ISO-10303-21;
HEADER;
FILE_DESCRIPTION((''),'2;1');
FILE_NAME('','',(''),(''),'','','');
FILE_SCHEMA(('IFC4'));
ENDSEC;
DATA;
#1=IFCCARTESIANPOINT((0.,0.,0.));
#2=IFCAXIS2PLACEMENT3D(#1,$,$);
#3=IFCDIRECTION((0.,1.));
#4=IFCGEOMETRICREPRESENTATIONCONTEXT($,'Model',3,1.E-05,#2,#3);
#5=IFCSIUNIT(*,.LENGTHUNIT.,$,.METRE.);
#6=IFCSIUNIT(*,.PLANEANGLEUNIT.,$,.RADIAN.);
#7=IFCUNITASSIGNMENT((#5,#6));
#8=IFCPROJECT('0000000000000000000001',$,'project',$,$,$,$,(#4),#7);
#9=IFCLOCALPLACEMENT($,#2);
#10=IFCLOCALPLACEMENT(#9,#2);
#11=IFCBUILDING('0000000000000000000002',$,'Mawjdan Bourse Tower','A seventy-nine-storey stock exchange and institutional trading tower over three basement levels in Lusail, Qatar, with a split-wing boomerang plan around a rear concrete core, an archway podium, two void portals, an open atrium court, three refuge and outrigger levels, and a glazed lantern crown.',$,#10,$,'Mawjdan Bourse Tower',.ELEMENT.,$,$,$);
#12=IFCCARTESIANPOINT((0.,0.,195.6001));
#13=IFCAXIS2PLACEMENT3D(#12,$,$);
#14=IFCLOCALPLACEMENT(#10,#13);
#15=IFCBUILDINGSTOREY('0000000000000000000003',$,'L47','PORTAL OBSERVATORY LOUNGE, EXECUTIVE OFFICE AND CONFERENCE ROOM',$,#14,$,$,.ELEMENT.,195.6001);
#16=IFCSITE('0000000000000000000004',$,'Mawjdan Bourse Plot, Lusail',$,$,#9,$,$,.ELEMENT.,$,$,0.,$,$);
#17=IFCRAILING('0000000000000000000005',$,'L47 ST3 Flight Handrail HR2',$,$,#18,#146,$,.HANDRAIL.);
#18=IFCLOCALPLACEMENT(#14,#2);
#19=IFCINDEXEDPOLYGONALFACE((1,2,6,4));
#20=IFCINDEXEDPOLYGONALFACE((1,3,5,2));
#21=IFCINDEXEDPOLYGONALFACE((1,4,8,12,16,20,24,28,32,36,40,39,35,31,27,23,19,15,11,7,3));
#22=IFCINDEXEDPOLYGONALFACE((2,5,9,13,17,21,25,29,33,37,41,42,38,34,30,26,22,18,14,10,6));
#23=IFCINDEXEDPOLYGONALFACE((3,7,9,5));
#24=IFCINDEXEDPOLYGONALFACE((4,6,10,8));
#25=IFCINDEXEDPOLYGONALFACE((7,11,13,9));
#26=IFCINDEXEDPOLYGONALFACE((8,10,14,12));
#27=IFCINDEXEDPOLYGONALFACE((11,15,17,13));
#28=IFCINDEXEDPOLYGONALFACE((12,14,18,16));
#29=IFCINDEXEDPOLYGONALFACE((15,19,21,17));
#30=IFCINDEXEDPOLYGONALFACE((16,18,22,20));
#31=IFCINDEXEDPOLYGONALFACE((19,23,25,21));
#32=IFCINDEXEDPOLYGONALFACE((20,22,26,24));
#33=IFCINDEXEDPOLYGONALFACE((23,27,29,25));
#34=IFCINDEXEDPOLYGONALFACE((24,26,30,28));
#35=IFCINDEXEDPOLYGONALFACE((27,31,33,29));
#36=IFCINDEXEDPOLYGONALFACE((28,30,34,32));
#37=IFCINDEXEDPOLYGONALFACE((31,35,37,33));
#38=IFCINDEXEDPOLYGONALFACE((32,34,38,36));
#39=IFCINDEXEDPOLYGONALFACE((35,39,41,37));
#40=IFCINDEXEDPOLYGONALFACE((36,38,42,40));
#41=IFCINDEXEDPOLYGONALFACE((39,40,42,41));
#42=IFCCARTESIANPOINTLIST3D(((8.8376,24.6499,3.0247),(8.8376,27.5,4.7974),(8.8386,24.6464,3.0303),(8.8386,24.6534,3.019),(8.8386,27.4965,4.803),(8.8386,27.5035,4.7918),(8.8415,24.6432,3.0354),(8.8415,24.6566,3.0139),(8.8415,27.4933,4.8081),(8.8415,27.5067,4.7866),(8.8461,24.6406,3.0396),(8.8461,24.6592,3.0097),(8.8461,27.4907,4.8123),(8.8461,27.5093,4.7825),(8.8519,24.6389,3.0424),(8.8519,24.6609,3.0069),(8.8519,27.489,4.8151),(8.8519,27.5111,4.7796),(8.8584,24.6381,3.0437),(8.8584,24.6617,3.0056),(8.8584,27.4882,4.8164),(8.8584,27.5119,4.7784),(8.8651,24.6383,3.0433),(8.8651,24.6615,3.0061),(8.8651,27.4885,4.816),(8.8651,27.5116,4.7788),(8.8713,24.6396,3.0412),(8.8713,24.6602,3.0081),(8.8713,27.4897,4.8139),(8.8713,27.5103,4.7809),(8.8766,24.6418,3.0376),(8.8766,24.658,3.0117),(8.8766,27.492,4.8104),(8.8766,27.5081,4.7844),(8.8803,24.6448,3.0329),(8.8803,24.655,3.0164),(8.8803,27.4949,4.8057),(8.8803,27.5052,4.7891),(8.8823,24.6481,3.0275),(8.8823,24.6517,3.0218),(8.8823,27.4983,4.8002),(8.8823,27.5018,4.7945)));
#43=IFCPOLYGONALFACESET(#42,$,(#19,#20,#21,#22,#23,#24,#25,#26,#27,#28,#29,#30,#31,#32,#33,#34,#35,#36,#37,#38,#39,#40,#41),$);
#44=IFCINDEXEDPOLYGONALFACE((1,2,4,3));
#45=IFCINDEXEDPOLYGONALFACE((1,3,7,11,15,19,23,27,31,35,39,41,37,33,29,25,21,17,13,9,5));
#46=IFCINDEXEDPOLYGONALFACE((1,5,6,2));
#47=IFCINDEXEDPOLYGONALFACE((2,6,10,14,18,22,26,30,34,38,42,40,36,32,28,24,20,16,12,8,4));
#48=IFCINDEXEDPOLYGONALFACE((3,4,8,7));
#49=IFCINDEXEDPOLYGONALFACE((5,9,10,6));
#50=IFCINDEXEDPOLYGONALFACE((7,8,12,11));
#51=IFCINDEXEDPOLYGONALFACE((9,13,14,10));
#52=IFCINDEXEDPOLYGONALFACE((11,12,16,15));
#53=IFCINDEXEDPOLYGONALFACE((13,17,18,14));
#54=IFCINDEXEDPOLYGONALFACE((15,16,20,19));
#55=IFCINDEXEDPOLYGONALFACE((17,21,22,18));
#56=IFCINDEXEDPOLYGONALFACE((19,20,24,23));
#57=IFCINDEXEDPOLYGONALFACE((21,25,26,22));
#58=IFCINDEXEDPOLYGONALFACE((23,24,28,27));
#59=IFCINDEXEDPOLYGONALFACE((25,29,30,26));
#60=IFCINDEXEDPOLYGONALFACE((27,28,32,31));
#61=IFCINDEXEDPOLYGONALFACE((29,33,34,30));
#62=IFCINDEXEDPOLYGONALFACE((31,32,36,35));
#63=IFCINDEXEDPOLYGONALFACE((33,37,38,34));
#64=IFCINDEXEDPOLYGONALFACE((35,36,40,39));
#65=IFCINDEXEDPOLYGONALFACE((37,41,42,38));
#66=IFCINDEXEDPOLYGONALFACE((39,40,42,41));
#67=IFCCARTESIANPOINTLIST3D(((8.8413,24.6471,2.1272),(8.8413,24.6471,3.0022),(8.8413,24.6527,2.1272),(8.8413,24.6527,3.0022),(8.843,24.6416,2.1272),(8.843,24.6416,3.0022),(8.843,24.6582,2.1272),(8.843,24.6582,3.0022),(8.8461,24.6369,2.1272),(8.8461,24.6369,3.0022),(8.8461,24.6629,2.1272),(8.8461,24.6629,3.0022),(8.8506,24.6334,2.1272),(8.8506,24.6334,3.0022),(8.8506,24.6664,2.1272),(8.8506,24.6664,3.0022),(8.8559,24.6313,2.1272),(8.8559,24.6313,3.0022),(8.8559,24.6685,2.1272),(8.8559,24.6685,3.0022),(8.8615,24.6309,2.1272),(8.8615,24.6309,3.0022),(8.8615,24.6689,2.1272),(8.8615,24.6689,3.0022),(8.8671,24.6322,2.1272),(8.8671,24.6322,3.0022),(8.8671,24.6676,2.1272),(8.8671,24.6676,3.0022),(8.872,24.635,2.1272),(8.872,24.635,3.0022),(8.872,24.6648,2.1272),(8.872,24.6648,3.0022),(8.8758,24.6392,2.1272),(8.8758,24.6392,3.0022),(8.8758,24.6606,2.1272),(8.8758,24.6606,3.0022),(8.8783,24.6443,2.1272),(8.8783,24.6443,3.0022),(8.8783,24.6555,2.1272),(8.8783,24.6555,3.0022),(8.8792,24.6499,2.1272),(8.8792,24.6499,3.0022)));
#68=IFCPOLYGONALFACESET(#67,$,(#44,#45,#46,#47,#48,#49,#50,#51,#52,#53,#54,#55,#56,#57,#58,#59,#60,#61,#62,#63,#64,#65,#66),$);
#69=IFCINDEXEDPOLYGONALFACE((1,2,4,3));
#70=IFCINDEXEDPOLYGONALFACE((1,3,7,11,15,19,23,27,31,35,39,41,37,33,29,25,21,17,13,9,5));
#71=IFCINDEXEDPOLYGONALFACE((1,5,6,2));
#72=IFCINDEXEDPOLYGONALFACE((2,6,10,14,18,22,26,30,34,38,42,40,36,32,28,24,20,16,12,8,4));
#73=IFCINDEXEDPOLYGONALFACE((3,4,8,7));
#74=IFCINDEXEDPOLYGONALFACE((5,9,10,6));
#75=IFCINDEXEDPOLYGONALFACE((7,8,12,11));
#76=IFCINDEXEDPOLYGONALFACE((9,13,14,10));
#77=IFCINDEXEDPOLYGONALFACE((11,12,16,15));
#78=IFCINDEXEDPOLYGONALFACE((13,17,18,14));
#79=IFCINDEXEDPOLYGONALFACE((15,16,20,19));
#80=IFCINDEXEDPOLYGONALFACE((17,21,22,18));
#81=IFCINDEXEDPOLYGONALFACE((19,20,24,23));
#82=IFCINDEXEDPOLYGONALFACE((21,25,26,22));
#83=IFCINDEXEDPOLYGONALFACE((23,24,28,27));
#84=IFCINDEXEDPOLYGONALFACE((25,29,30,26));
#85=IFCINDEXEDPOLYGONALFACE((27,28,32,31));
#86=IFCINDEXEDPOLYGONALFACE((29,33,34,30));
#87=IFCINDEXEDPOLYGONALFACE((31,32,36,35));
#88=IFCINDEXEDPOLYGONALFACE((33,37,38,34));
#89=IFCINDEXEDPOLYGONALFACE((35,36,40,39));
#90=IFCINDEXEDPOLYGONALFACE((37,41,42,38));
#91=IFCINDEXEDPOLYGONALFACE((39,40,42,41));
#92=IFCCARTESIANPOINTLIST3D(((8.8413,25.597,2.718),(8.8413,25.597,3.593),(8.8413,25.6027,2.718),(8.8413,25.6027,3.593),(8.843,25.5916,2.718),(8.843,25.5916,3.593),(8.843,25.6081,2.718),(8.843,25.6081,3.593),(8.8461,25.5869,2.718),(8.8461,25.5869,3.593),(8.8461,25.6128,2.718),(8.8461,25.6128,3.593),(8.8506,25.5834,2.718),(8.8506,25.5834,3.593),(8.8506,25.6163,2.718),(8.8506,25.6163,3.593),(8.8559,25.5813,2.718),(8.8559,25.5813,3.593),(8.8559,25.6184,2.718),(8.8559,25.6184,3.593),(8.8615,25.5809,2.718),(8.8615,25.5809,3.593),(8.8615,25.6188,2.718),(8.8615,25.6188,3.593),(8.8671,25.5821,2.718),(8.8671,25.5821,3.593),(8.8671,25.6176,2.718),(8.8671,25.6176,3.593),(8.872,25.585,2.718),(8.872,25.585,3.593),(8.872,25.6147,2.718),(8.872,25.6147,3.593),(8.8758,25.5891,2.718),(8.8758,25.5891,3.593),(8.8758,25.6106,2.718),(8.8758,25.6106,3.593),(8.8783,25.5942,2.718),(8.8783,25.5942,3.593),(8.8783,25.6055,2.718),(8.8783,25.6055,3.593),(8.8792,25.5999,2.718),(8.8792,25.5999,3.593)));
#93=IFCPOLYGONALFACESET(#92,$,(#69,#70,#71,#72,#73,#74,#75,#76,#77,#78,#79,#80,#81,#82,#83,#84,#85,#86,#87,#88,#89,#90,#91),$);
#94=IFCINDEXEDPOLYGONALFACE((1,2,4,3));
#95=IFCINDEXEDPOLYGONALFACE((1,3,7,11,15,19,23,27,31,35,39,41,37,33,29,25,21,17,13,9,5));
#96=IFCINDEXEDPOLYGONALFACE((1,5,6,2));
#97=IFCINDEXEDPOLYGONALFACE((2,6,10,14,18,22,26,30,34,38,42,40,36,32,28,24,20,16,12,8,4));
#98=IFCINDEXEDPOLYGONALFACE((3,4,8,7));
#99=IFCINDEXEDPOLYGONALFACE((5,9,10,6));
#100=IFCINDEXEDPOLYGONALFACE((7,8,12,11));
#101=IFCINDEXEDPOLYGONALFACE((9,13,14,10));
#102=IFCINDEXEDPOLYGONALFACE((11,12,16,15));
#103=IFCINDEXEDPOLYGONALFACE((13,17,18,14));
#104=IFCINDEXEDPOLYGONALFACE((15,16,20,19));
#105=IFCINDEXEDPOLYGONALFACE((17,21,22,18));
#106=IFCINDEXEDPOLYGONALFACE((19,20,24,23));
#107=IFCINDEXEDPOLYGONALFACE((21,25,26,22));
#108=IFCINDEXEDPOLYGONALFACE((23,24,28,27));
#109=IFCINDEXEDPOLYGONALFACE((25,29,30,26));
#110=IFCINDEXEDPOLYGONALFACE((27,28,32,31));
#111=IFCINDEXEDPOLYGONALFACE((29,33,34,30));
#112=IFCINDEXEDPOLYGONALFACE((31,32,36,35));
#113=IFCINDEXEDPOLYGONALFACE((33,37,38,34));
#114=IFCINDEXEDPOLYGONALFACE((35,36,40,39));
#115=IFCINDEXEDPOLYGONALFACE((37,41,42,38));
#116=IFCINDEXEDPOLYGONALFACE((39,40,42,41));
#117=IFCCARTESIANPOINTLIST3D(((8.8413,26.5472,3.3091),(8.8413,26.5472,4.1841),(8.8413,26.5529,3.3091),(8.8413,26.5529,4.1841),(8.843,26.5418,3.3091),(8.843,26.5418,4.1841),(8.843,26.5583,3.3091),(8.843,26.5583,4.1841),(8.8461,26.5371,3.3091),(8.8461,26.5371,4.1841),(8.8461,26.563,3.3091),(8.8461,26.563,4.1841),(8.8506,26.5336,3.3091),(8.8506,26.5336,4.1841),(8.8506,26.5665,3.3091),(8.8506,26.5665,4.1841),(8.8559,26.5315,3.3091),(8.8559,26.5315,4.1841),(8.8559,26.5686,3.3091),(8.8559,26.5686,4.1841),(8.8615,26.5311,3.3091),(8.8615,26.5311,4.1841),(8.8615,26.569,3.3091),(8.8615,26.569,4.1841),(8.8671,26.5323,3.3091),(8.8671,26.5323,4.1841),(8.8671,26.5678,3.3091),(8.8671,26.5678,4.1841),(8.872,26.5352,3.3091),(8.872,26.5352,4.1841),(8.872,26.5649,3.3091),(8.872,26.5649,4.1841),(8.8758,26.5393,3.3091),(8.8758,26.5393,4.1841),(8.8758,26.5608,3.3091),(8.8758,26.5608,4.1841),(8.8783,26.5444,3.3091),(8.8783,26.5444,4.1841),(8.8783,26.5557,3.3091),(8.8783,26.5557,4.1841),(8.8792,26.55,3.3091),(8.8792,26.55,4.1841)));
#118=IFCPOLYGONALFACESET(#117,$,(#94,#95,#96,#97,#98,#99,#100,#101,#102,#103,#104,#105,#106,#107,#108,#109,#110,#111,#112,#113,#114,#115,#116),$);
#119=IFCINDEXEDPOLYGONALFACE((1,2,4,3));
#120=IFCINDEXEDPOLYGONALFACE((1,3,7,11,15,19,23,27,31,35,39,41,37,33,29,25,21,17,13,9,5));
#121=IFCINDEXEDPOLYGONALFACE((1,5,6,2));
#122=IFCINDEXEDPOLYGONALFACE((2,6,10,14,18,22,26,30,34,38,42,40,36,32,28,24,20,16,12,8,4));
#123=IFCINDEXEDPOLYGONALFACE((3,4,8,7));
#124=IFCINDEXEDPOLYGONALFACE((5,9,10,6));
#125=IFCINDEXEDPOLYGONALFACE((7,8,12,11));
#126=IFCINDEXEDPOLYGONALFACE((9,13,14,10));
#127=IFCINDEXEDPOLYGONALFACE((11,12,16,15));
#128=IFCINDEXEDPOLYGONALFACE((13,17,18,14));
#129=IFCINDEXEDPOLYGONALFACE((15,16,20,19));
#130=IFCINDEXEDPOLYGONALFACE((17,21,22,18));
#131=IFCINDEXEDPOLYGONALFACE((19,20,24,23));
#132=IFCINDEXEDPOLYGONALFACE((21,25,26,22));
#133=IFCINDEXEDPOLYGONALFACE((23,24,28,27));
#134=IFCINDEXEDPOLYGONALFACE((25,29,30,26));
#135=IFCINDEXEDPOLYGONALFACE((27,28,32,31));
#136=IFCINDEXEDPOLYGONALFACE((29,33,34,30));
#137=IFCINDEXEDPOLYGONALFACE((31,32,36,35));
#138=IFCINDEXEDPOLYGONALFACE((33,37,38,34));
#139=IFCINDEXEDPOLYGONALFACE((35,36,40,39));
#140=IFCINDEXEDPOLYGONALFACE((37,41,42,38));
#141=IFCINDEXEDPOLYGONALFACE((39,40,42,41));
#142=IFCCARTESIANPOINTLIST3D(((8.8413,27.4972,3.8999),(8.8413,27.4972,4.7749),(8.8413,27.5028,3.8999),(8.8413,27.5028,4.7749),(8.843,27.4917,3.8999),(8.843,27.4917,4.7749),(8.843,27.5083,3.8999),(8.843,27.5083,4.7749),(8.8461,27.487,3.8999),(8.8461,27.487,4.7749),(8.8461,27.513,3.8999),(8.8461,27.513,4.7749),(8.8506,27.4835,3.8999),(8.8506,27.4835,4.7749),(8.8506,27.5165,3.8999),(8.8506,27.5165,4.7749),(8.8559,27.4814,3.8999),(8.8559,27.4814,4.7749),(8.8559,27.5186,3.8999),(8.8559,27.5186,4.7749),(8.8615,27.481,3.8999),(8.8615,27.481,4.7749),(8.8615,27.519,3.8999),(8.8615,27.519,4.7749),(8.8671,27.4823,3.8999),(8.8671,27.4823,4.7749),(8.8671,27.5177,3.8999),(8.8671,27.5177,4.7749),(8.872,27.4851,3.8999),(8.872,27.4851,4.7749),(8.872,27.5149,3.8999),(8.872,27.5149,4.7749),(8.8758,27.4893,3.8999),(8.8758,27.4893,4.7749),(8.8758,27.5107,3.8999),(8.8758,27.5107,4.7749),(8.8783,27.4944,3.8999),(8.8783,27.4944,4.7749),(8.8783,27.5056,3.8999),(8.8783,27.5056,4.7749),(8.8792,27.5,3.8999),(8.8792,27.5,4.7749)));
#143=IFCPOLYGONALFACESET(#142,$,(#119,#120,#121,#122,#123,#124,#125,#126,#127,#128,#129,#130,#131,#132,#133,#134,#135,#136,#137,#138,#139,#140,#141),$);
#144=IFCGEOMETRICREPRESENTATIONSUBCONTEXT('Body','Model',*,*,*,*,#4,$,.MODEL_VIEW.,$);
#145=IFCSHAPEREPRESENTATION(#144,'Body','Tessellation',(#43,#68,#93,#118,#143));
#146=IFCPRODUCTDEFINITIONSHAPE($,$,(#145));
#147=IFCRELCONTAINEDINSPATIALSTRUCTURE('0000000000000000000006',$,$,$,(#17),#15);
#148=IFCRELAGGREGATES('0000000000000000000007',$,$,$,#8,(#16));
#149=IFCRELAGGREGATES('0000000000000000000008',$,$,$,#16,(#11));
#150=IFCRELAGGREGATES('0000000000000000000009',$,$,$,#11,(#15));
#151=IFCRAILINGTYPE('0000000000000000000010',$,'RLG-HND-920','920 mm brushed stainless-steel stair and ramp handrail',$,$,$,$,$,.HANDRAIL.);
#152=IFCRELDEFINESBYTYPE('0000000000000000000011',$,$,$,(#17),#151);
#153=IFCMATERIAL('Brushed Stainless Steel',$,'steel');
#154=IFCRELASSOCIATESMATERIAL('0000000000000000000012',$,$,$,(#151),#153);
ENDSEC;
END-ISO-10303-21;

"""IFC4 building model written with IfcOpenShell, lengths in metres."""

from ifc_helpers import new_model, si_unit, direction, frame, origin, origin_2d, place, context, subcontext, project, spatial, circle, extrude, material, type_object, element, save


model = new_model("IFC4")

# Units and contexts
model_context = context("Model", 3, precision=1e-05, world=origin(), true_north=direction((0.0, 1.0)))
body_context = subcontext(model_context, "Body", "Model", "MODEL_VIEW")
ifc_project = project(units=[si_unit("LENGTHUNIT", "METRE"), si_unit("PLANEANGLEUNIT", "RADIAN")], contexts=[model_context])

# Site, building, storey
site_placement = place(None, origin())
site = spatial("IfcSite", under=ifc_project, at=site_placement, Name="Mawjdan Bourse Plot, Lusail", CompositionType="ELEMENT", RefElevation=0.0)
building_placement = place(site_placement, origin())
building = spatial("IfcBuilding", under=site, at=building_placement, Name="Mawjdan Bourse Tower", Description="A seventy-nine-storey stock exchange and institutional trading tower over three basement levels in Lusail, Qatar, with a split-wing boomerang plan around a rear concrete core, an archway podium, two void portals, an open atrium court, three refuge and outrigger levels, and a glazed lantern crown.", LongName="Mawjdan Bourse Tower", CompositionType="ELEMENT")
storey_placement = place(building_placement, frame((0.0, 0.0, 195.6001)))
storey = spatial("IfcBuildingStorey", under=building, at=storey_placement, Name="L47", Description="PORTAL OBSERVATORY LOUNGE, EXECUTIVE OFFICE AND CONFERENCE ROOM", CompositionType="ELEMENT", Elevation=195.6001)

# Railing
ifc_material_1 = material(Name="Brushed Stainless Steel", Category="steel")
railing_type_1 = type_object("IfcRailingType", Name="RLG-HND-920", Description="920 mm brushed stainless-steel stair and ramp handrail", PredefinedType="HANDRAIL", material=ifc_material_1)
railing_1_placement = place(storey_placement, frame((8.8601, 24.6499, 2.1272)))
element("IfcRailing", 1, at=railing_1_placement, inside=storey, type_object=railing_type_1, Name="L47 ST3 Flight Handrail HR2", PredefinedType="HANDRAIL", context=body_context, shape_type="SweptSolid", body=[
    extrude(circle(Radius=0.0225, at=origin_2d()), frame((0.0, 0.0, 0.8975), z_axis=(0.0, 0.849149, 0.528154), x_axis=(-1.0, 0.0, 0.0)), (0.0, 0.0, 1.0), 3.3564),
    extrude(circle(Radius=0.019, at=origin_2d()), origin(), (0.0, 0.0, 1.0), 0.875),
    extrude(circle(Radius=0.019, at=origin_2d()), frame((0.0, 0.95, 0.5908)), (0.0, 0.0, 1.0), 0.875),
    extrude(circle(Radius=0.019, at=origin_2d()), frame((0.0, 1.9001, 1.1819)), (0.0, 0.0, 1.0), 0.875),
    extrude(circle(Radius=0.019, at=origin_2d()), frame((0.0, 2.8501, 1.7727)), (0.0, 0.0, 1.0), 0.875),
])

save(model, "model.ifc")
